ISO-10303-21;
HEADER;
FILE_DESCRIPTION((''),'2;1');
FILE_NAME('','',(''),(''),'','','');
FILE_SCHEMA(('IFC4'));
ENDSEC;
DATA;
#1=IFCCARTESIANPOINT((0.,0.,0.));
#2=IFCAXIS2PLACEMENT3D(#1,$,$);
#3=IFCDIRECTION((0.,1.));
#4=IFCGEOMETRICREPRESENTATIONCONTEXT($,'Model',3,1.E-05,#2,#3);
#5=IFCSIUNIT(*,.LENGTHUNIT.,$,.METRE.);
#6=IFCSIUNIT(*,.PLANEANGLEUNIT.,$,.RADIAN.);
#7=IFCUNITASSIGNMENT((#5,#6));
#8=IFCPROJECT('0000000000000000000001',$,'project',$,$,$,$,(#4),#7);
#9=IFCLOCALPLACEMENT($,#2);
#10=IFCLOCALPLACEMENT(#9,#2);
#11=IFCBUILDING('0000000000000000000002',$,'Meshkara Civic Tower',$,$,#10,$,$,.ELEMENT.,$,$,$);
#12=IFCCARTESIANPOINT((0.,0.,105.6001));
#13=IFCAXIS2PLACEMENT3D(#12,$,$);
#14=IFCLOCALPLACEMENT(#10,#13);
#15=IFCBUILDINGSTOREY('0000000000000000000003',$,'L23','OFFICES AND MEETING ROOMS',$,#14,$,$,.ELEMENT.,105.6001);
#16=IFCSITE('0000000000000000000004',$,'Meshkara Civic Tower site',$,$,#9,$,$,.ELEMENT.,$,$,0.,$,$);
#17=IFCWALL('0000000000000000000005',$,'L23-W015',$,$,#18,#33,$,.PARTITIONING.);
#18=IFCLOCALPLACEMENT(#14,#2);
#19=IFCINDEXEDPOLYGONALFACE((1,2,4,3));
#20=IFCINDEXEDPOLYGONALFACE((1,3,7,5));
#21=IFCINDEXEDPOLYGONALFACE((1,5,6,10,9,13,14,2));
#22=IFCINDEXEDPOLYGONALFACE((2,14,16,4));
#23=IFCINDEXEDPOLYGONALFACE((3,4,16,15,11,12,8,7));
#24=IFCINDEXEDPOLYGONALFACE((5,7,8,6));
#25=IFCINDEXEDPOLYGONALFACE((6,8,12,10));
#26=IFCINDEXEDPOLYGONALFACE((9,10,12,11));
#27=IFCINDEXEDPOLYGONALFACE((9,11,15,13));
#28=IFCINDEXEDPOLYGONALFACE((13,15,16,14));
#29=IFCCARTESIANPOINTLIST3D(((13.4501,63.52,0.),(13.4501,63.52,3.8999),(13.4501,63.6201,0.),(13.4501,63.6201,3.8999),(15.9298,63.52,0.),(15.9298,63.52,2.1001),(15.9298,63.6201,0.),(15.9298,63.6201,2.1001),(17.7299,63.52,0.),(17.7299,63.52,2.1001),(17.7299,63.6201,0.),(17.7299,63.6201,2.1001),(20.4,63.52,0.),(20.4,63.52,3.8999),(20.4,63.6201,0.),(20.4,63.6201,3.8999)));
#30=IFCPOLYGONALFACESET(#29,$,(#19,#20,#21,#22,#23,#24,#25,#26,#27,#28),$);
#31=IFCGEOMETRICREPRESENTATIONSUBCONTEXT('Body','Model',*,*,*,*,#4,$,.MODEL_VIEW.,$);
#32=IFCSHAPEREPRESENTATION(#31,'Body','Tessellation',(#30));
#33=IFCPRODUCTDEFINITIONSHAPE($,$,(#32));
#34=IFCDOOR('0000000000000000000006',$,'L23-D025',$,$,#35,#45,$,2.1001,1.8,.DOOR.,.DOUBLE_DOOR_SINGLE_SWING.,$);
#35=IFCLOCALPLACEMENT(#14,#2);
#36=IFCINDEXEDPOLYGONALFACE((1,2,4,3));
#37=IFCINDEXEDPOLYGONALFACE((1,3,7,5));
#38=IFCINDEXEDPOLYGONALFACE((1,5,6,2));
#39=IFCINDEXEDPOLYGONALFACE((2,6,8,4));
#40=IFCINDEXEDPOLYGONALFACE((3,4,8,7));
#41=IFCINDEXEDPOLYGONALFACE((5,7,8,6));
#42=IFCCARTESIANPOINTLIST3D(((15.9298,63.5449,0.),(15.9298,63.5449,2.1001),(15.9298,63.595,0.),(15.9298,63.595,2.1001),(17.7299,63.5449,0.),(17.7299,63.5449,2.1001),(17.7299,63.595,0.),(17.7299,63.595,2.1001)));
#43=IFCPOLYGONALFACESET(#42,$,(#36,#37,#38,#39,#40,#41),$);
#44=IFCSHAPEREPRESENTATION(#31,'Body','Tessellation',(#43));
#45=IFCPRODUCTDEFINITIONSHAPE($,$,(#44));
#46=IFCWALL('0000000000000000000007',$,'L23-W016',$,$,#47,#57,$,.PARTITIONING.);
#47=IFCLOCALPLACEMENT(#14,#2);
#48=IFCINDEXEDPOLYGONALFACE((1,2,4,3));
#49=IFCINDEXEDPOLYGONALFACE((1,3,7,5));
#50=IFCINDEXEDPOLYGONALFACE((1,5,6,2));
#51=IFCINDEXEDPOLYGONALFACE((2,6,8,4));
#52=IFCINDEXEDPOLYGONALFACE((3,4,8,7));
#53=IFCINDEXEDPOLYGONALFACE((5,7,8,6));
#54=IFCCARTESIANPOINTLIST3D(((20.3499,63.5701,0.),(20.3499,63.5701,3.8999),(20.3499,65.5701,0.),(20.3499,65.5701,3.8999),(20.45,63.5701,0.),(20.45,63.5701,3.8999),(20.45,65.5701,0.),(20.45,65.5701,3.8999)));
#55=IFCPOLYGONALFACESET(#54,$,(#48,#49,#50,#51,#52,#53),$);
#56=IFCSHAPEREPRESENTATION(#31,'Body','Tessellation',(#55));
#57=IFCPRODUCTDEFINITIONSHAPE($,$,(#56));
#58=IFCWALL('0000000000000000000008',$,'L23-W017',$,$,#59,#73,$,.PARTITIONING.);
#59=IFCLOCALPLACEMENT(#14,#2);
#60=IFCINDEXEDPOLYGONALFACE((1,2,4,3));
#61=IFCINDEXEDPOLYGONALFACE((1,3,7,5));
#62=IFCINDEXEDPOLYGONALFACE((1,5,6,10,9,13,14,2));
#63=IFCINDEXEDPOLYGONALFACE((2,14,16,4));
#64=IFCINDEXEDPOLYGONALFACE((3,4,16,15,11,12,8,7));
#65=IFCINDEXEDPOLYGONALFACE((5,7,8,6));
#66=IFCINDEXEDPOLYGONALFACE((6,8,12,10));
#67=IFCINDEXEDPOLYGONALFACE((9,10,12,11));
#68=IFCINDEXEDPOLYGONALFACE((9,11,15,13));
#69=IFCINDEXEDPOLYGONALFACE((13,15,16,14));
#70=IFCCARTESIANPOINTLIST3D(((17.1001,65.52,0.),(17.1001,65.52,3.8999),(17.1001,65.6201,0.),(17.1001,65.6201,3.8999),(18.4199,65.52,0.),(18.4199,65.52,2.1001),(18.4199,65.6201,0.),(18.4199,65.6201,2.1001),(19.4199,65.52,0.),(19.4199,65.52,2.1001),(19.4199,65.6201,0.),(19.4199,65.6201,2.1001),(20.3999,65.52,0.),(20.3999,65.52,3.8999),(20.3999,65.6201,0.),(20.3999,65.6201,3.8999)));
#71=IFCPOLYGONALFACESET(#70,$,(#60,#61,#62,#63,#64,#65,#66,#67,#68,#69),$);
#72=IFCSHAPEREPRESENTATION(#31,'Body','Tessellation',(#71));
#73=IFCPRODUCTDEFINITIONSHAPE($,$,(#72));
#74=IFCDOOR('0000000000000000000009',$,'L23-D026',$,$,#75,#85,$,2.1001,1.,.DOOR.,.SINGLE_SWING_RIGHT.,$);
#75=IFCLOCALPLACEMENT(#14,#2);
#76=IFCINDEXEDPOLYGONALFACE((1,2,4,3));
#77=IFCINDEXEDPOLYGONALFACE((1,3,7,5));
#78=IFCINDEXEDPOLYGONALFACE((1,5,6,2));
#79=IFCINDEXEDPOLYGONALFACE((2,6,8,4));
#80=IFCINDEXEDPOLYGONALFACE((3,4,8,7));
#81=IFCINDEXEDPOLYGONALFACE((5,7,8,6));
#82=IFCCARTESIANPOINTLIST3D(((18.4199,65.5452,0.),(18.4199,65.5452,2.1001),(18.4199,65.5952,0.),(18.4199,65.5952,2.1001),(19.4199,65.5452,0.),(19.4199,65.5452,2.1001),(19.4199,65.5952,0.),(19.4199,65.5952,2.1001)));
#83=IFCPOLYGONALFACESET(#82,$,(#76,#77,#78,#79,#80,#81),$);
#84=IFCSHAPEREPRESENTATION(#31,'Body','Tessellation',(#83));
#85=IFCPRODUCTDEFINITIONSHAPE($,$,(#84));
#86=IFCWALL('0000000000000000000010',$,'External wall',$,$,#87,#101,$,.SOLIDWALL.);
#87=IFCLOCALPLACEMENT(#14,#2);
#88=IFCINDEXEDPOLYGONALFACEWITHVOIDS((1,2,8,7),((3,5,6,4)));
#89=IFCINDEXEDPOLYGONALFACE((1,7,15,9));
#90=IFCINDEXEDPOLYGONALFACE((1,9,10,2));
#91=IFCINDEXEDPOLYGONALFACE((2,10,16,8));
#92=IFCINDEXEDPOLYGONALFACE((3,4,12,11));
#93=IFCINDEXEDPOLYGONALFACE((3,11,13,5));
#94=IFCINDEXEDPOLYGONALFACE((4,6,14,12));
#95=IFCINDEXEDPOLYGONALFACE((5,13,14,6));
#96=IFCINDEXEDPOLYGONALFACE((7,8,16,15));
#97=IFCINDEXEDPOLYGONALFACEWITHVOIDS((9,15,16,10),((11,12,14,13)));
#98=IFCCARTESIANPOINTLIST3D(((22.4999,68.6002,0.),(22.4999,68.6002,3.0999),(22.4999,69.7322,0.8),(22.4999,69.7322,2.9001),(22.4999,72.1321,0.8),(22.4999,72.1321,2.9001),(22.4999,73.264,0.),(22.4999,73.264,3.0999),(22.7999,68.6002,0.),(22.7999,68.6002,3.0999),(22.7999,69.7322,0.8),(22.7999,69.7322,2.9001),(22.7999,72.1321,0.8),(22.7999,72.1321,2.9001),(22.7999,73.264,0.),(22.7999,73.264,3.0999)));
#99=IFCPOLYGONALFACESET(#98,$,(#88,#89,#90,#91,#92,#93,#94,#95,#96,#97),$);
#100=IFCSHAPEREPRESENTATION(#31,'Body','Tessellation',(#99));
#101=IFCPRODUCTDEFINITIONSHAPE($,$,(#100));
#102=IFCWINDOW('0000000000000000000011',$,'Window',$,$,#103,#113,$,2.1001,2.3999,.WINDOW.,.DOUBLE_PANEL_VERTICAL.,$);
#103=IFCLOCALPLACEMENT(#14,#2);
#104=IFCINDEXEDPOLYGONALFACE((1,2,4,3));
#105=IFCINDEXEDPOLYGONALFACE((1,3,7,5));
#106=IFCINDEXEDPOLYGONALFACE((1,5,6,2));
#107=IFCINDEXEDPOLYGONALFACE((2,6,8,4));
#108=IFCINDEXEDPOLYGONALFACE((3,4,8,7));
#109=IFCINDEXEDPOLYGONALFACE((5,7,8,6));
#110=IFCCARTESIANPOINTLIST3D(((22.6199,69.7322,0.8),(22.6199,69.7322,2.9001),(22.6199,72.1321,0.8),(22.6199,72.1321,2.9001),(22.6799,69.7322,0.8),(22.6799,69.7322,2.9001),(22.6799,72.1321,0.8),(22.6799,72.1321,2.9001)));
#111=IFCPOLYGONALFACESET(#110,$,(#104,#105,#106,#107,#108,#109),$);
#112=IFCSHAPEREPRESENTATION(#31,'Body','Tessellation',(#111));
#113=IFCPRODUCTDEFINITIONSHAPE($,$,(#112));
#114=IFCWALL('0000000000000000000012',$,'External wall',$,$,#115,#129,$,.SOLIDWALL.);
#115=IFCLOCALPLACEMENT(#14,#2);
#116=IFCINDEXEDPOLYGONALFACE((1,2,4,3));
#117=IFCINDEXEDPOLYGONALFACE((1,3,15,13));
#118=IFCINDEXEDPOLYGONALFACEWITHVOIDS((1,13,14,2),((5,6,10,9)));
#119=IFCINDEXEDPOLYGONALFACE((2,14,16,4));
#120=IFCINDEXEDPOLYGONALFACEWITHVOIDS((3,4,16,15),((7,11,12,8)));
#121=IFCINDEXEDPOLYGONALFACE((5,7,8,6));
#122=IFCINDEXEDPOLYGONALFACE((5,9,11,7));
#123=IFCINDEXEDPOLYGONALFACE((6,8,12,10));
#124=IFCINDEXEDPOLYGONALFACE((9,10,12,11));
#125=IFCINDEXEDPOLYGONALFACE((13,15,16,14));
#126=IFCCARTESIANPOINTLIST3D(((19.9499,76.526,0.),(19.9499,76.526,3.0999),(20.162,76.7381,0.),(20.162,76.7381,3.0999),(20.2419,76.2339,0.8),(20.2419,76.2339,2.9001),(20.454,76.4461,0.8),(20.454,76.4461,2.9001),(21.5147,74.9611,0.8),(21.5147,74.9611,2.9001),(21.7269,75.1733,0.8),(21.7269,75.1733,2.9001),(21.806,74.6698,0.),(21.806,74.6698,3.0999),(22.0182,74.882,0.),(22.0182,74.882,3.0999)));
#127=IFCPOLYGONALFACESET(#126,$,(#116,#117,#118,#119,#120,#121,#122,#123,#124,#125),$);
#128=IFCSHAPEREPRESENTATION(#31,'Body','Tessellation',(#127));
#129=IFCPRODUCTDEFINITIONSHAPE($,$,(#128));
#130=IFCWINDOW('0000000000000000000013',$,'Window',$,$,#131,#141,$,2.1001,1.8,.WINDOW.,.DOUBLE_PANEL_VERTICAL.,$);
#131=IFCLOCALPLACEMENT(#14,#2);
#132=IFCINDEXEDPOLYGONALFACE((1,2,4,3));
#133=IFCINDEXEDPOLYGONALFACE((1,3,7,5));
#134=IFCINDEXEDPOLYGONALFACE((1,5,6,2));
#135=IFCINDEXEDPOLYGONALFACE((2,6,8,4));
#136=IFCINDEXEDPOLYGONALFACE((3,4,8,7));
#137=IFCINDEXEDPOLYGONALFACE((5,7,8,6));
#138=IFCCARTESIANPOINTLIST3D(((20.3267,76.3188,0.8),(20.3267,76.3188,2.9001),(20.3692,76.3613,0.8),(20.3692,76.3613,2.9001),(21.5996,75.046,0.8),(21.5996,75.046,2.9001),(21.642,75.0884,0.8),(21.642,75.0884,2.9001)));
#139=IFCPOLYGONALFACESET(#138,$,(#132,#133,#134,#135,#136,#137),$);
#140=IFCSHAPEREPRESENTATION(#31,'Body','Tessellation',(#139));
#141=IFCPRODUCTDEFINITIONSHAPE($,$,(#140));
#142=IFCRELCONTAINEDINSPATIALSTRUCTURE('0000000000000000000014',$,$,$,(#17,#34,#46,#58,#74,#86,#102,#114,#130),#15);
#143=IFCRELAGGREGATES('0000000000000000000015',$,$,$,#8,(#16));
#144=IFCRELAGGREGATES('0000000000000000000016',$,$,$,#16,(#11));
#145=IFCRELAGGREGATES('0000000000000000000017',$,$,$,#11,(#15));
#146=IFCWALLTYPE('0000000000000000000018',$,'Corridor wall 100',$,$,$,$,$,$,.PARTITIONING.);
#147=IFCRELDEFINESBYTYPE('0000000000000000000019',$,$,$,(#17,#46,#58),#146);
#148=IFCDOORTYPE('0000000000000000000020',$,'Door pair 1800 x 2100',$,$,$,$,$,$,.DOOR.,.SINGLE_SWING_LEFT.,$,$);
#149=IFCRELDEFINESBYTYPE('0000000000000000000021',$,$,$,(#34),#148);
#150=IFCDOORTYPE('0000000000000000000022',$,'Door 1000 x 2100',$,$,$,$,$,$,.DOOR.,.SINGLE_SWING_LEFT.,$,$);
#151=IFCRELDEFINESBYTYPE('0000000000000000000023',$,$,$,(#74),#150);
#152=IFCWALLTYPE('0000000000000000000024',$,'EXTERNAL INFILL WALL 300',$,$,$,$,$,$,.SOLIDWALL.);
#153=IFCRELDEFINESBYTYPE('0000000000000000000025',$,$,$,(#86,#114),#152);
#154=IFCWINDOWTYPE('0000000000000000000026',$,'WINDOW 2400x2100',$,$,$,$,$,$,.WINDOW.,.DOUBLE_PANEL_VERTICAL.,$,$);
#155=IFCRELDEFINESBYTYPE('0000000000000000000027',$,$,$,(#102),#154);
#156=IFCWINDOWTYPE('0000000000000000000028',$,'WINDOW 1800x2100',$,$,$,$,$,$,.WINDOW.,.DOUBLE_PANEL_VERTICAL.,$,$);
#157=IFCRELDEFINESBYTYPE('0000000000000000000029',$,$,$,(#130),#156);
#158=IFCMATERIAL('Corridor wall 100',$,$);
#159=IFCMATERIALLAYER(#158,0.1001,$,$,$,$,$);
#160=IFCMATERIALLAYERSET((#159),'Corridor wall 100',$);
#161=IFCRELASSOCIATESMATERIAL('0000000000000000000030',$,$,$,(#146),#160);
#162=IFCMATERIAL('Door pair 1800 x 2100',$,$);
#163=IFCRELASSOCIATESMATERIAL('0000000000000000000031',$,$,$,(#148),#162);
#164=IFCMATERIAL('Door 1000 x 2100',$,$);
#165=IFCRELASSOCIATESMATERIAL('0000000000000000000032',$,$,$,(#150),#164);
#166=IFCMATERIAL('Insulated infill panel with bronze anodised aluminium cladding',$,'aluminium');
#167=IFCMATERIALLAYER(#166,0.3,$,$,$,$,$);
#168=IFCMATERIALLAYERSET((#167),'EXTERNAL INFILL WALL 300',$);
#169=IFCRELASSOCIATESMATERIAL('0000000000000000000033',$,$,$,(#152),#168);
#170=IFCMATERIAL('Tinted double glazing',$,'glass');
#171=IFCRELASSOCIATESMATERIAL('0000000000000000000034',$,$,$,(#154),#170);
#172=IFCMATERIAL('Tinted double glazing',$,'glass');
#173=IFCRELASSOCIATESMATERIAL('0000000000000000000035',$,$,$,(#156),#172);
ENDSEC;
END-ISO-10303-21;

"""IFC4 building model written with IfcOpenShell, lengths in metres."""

from ifc_helpers import new_model, si_unit, direction, frame, frame_2d, origin, place, context, subcontext, project, spatial, rectangle, extrude, material, layer, layer_set, type_object, element, fill, save


model = new_model("IFC4")

# Units and contexts
model_context = context("Model", 3, precision=1e-05, world=origin(), true_north=direction((0.0, 1.0)))
body_context = subcontext(model_context, "Body", "Model", "MODEL_VIEW")
ifc_project = project(units=[si_unit("LENGTHUNIT", "METRE"), si_unit("PLANEANGLEUNIT", "RADIAN")], contexts=[model_context])

# Site, building, storey
site_placement = place(None, origin())
site = spatial("IfcSite", under=ifc_project, at=site_placement, Name="Meshkara Civic Tower site", CompositionType="ELEMENT", RefElevation=0.0)
building_placement = place(site_placement, origin())
building = spatial("IfcBuilding", under=site, at=building_placement, Name="Meshkara Civic Tower", CompositionType="ELEMENT")
storey_placement = place(building_placement, frame((0.0, 0.0, 105.6001)))
storey = spatial("IfcBuildingStorey", under=building, at=storey_placement, Name="L23", Description="OFFICES AND MEETING ROOMS", CompositionType="ELEMENT", Elevation=105.6001)

# Shared definitions
ifc_material_1 = material(Name="Corridor wall 100")
ifc_layer_1 = layer(ifc_material_1, 0.1001)
ifc_layer_set_1 = layer_set([ifc_layer_1], Name="Corridor wall 100")
wall_type_1 = type_object("IfcWallType", Name="Corridor wall 100", PredefinedType="PARTITIONING", material=ifc_layer_set_1)
ifc_material_2 = material(Name="Door pair 1800 x 2100")
door_type_1 = type_object("IfcDoorType", Name="Door pair 1800 x 2100", OperationType="SINGLE_SWING_LEFT", PredefinedType="DOOR", material=ifc_material_2)

# Wall, opening, door
wall_1_placement = place(storey_placement, frame((13.45, 63.5701, 0.0), z_axis=(0.0, 0.0, 1.0), x_axis=(1.0, 0.0, 0.0)))
wall_1 = element("IfcWall", 1, at=wall_1_placement, inside=storey, type_object=wall_type_1, Name="L23-W015", PredefinedType="PARTITIONING", context=body_context, shape_type="SweptSolid", body=[
    extrude(rectangle(XDim=6.95, YDim=0.1001, at=frame_2d((3.4751, 0.0))), origin(), (0.0, 0.0, 1.0), 3.8999),
])
opening_1_placement = place(wall_1_placement, frame((2.48, 0.0, 0.0)))
opening_1 = element("IfcOpeningElement", 2, at=opening_1_placement, cuts=wall_1, PredefinedType="OPENING", context=body_context, shape_type="SweptSolid", body=[
    extrude(rectangle(XDim=1.8, YDim=2.1001, at=frame_2d((0.8999, 1.05))), frame((0.0, 0.0601, 0.0), z_axis=(0.0, -1.0, 0.0), x_axis=(1.0, 0.0, 0.0)), (0.0, 0.0, 1.0), 0.1201),
])
door_1_placement = place(opening_1_placement, origin())
door_1 = element("IfcDoor", 3, at=door_1_placement, inside=storey, type_object=door_type_1, Name="L23-D025", OperationType="DOUBLE_DOOR_SINGLE_SWING", OverallHeight=2.1001, OverallWidth=1.8, PredefinedType="DOOR", context=body_context, shape_type="SweptSolid", body=[
    extrude(rectangle(XDim=1.8, YDim=2.1001, at=frame_2d((0.8999, 1.05))), frame((0.0, 0.0249, 0.0), z_axis=(0.0, -1.0, 0.0), x_axis=(1.0, 0.0, 0.0)), (0.0, 0.0, 1.0), 0.05),
])
fill(opening_1, door_1)

# Wall
wall_2_placement = place(storey_placement, frame((20.3999, 63.5701, 0.0), z_axis=(0.0, 0.0, 1.0), x_axis=(0.0, 1.0, 0.0)))
element("IfcWall", 4, at=wall_2_placement, inside=storey, type_object=wall_type_1, Name="L23-W016", PredefinedType="PARTITIONING", context=body_context, shape_type="SweptSolid", body=[
    extrude(rectangle(XDim=2.0, YDim=0.1001, at=frame_2d((1.0, 0.0))), origin(), (0.0, 0.0, 1.0), 3.8999),
])

# Wall, opening, door
wall_3_placement = place(storey_placement, frame((20.3999, 65.5701, 0.0), z_axis=(0.0, 0.0, 1.0), x_axis=(-1.0, 0.0, 0.0)))
wall_3 = element("IfcWall", 5, at=wall_3_placement, inside=storey, type_object=wall_type_1, Name="L23-W017", PredefinedType="PARTITIONING", context=body_context, shape_type="SweptSolid", body=[
    extrude(rectangle(XDim=3.2998, YDim=0.1001, at=frame_2d((1.6499, 0.0))), origin(), (0.0, 0.0, 1.0), 3.8999),
])
opening_2_placement = place(wall_3_placement, frame((0.98, 0.0, 0.0)))
opening_2 = element("IfcOpeningElement", 6, at=opening_2_placement, cuts=wall_3, PredefinedType="OPENING", context=body_context, shape_type="SweptSolid", body=[
    extrude(rectangle(XDim=1.0, YDim=2.1001, at=frame_2d((0.5, 1.05))), frame((0.0, 0.0601, 0.0), z_axis=(0.0, -1.0, 0.0), x_axis=(1.0, 0.0, 0.0)), (0.0, 0.0, 1.0), 0.1201),
])
ifc_material_3 = material(Name="Door 1000 x 2100")
door_type_2 = type_object("IfcDoorType", Name="Door 1000 x 2100", OperationType="SINGLE_SWING_LEFT", PredefinedType="DOOR", material=ifc_material_3)
door_2_placement = place(opening_2_placement, origin())
door_2 = element("IfcDoor", 7, at=door_2_placement, inside=storey, type_object=door_type_2, Name="L23-D026", OperationType="SINGLE_SWING_RIGHT", OverallHeight=2.1001, OverallWidth=1.0, PredefinedType="DOOR", context=body_context, shape_type="SweptSolid", body=[
    extrude(rectangle(XDim=1.0, YDim=2.1001, at=frame_2d((0.5, 1.05))), frame((0.0, 0.0249, 0.0), z_axis=(0.0, -1.0, 0.0), x_axis=(1.0, 0.0, 0.0)), (0.0, 0.0, 1.0), 0.05),
])
fill(opening_2, door_2)

# Walls, openings, windows
ifc_material_4 = material(Name="Insulated infill panel with bronze anodised aluminium cladding", Category="aluminium")
ifc_layer_2 = layer(ifc_material_4, 0.3)
ifc_layer_set_2 = layer_set([ifc_layer_2], Name="EXTERNAL INFILL WALL 300")
wall_type_2 = type_object("IfcWallType", Name="EXTERNAL INFILL WALL 300", PredefinedType="SOLIDWALL", material=ifc_layer_set_2)
wall_4_placement = place(storey_placement, frame((22.6499, 68.6001, 0.0), z_axis=(0.0, 0.0, 1.0), x_axis=(0.0, 1.0, 0.0)))
wall_4 = element("IfcWall", 8, at=wall_4_placement, inside=storey, type_object=wall_type_2, Name="External wall", PredefinedType="SOLIDWALL", context=body_context, shape_type="SweptSolid", body=[
    extrude(rectangle(XDim=4.6638, YDim=0.3, at=frame_2d((2.332, 0.0))), origin(), (0.0, 0.0, 1.0), 3.0999),
])
opening_3_placement = place(wall_4_placement, frame((1.1321, 0.0, 0.8)))
opening_3 = element("IfcOpeningElement", 9, at=opening_3_placement, cuts=wall_4, PredefinedType="OPENING", context=body_context, shape_type="SweptSolid", body=[
    extrude(rectangle(XDim=2.3999, YDim=2.1001, at=frame_2d((1.2, 1.05))), frame((0.0, 0.1599, 0.0), z_axis=(0.0, -1.0, 0.0), x_axis=(1.0, 0.0, 0.0)), (0.0, 0.0, 1.0), 0.3201),
])
ifc_material_5 = material(Name="Tinted double glazing", Category="glass")
window_type_1 = type_object("IfcWindowType", Name="WINDOW 2400x2100", PartitioningType="DOUBLE_PANEL_VERTICAL", PredefinedType="WINDOW", material=ifc_material_5)
window_1_placement = place(opening_3_placement, origin())
window_1 = element("IfcWindow", 10, at=window_1_placement, inside=storey, type_object=window_type_1, Name="Window", OverallHeight=2.1001, OverallWidth=2.3999, PartitioningType="DOUBLE_PANEL_VERTICAL", PredefinedType="WINDOW", context=body_context, shape_type="SweptSolid", body=[
    extrude(rectangle(XDim=2.3999, YDim=2.1001, at=frame_2d((1.2, 1.05))), frame((0.0, 0.03, 0.0), z_axis=(0.0, -1.0, 0.0), x_axis=(1.0, 0.0, 0.0)), (0.0, 0.0, 1.0), 0.0601),
])
fill(opening_3, window_1)
wall_5_placement = place(storey_placement, frame((21.9121, 74.7759, 0.0), z_axis=(0.0, 0.0, 1.0), x_axis=(-0.707107, 0.707107, 0.0)))
wall_5 = element("IfcWall", 11, at=wall_5_placement, inside=storey, type_object=wall_type_2, Name="External wall", PredefinedType="SOLIDWALL", context=body_context, shape_type="SweptSolid", body=[
    extrude(rectangle(XDim=2.625, YDim=0.3, at=frame_2d((1.3125, 0.0))), origin(), (0.0, 0.0, 1.0), 3.0999),
])
opening_4_placement = place(wall_5_placement, frame((0.4121, 0.0, 0.8)))
opening_4 = element("IfcOpeningElement", 12, at=opening_4_placement, cuts=wall_5, PredefinedType="OPENING", context=body_context, shape_type="SweptSolid", body=[
    extrude(rectangle(XDim=1.8, YDim=2.1001, at=frame_2d((0.8999, 1.05))), frame((0.0, 0.1599, 0.0), z_axis=(0.0, -1.0, 0.0), x_axis=(1.0, 0.0, 0.0)), (0.0, 0.0, 1.0), 0.3201),
])
ifc_material_6 = material(Name="Tinted double glazing", Category="glass")
window_type_2 = type_object("IfcWindowType", Name="WINDOW 1800x2100", PartitioningType="DOUBLE_PANEL_VERTICAL", PredefinedType="WINDOW", material=ifc_material_6)
window_2_placement = place(opening_4_placement, origin())
window_2 = element("IfcWindow", 13, at=window_2_placement, inside=storey, type_object=window_type_2, Name="Window", OverallHeight=2.1001, OverallWidth=1.8, PartitioningType="DOUBLE_PANEL_VERTICAL", PredefinedType="WINDOW", context=body_context, shape_type="SweptSolid", body=[
    extrude(rectangle(XDim=1.8, YDim=2.1001, at=frame_2d((0.8999, 1.05))), frame((0.0, 0.03, 0.0), z_axis=(0.0, -1.0, 0.0), x_axis=(1.0, 0.0, 0.0)), (0.0, 0.0, 1.0), 0.0601),
])
fill(opening_4, window_2)

save(model, "model.ifc")
